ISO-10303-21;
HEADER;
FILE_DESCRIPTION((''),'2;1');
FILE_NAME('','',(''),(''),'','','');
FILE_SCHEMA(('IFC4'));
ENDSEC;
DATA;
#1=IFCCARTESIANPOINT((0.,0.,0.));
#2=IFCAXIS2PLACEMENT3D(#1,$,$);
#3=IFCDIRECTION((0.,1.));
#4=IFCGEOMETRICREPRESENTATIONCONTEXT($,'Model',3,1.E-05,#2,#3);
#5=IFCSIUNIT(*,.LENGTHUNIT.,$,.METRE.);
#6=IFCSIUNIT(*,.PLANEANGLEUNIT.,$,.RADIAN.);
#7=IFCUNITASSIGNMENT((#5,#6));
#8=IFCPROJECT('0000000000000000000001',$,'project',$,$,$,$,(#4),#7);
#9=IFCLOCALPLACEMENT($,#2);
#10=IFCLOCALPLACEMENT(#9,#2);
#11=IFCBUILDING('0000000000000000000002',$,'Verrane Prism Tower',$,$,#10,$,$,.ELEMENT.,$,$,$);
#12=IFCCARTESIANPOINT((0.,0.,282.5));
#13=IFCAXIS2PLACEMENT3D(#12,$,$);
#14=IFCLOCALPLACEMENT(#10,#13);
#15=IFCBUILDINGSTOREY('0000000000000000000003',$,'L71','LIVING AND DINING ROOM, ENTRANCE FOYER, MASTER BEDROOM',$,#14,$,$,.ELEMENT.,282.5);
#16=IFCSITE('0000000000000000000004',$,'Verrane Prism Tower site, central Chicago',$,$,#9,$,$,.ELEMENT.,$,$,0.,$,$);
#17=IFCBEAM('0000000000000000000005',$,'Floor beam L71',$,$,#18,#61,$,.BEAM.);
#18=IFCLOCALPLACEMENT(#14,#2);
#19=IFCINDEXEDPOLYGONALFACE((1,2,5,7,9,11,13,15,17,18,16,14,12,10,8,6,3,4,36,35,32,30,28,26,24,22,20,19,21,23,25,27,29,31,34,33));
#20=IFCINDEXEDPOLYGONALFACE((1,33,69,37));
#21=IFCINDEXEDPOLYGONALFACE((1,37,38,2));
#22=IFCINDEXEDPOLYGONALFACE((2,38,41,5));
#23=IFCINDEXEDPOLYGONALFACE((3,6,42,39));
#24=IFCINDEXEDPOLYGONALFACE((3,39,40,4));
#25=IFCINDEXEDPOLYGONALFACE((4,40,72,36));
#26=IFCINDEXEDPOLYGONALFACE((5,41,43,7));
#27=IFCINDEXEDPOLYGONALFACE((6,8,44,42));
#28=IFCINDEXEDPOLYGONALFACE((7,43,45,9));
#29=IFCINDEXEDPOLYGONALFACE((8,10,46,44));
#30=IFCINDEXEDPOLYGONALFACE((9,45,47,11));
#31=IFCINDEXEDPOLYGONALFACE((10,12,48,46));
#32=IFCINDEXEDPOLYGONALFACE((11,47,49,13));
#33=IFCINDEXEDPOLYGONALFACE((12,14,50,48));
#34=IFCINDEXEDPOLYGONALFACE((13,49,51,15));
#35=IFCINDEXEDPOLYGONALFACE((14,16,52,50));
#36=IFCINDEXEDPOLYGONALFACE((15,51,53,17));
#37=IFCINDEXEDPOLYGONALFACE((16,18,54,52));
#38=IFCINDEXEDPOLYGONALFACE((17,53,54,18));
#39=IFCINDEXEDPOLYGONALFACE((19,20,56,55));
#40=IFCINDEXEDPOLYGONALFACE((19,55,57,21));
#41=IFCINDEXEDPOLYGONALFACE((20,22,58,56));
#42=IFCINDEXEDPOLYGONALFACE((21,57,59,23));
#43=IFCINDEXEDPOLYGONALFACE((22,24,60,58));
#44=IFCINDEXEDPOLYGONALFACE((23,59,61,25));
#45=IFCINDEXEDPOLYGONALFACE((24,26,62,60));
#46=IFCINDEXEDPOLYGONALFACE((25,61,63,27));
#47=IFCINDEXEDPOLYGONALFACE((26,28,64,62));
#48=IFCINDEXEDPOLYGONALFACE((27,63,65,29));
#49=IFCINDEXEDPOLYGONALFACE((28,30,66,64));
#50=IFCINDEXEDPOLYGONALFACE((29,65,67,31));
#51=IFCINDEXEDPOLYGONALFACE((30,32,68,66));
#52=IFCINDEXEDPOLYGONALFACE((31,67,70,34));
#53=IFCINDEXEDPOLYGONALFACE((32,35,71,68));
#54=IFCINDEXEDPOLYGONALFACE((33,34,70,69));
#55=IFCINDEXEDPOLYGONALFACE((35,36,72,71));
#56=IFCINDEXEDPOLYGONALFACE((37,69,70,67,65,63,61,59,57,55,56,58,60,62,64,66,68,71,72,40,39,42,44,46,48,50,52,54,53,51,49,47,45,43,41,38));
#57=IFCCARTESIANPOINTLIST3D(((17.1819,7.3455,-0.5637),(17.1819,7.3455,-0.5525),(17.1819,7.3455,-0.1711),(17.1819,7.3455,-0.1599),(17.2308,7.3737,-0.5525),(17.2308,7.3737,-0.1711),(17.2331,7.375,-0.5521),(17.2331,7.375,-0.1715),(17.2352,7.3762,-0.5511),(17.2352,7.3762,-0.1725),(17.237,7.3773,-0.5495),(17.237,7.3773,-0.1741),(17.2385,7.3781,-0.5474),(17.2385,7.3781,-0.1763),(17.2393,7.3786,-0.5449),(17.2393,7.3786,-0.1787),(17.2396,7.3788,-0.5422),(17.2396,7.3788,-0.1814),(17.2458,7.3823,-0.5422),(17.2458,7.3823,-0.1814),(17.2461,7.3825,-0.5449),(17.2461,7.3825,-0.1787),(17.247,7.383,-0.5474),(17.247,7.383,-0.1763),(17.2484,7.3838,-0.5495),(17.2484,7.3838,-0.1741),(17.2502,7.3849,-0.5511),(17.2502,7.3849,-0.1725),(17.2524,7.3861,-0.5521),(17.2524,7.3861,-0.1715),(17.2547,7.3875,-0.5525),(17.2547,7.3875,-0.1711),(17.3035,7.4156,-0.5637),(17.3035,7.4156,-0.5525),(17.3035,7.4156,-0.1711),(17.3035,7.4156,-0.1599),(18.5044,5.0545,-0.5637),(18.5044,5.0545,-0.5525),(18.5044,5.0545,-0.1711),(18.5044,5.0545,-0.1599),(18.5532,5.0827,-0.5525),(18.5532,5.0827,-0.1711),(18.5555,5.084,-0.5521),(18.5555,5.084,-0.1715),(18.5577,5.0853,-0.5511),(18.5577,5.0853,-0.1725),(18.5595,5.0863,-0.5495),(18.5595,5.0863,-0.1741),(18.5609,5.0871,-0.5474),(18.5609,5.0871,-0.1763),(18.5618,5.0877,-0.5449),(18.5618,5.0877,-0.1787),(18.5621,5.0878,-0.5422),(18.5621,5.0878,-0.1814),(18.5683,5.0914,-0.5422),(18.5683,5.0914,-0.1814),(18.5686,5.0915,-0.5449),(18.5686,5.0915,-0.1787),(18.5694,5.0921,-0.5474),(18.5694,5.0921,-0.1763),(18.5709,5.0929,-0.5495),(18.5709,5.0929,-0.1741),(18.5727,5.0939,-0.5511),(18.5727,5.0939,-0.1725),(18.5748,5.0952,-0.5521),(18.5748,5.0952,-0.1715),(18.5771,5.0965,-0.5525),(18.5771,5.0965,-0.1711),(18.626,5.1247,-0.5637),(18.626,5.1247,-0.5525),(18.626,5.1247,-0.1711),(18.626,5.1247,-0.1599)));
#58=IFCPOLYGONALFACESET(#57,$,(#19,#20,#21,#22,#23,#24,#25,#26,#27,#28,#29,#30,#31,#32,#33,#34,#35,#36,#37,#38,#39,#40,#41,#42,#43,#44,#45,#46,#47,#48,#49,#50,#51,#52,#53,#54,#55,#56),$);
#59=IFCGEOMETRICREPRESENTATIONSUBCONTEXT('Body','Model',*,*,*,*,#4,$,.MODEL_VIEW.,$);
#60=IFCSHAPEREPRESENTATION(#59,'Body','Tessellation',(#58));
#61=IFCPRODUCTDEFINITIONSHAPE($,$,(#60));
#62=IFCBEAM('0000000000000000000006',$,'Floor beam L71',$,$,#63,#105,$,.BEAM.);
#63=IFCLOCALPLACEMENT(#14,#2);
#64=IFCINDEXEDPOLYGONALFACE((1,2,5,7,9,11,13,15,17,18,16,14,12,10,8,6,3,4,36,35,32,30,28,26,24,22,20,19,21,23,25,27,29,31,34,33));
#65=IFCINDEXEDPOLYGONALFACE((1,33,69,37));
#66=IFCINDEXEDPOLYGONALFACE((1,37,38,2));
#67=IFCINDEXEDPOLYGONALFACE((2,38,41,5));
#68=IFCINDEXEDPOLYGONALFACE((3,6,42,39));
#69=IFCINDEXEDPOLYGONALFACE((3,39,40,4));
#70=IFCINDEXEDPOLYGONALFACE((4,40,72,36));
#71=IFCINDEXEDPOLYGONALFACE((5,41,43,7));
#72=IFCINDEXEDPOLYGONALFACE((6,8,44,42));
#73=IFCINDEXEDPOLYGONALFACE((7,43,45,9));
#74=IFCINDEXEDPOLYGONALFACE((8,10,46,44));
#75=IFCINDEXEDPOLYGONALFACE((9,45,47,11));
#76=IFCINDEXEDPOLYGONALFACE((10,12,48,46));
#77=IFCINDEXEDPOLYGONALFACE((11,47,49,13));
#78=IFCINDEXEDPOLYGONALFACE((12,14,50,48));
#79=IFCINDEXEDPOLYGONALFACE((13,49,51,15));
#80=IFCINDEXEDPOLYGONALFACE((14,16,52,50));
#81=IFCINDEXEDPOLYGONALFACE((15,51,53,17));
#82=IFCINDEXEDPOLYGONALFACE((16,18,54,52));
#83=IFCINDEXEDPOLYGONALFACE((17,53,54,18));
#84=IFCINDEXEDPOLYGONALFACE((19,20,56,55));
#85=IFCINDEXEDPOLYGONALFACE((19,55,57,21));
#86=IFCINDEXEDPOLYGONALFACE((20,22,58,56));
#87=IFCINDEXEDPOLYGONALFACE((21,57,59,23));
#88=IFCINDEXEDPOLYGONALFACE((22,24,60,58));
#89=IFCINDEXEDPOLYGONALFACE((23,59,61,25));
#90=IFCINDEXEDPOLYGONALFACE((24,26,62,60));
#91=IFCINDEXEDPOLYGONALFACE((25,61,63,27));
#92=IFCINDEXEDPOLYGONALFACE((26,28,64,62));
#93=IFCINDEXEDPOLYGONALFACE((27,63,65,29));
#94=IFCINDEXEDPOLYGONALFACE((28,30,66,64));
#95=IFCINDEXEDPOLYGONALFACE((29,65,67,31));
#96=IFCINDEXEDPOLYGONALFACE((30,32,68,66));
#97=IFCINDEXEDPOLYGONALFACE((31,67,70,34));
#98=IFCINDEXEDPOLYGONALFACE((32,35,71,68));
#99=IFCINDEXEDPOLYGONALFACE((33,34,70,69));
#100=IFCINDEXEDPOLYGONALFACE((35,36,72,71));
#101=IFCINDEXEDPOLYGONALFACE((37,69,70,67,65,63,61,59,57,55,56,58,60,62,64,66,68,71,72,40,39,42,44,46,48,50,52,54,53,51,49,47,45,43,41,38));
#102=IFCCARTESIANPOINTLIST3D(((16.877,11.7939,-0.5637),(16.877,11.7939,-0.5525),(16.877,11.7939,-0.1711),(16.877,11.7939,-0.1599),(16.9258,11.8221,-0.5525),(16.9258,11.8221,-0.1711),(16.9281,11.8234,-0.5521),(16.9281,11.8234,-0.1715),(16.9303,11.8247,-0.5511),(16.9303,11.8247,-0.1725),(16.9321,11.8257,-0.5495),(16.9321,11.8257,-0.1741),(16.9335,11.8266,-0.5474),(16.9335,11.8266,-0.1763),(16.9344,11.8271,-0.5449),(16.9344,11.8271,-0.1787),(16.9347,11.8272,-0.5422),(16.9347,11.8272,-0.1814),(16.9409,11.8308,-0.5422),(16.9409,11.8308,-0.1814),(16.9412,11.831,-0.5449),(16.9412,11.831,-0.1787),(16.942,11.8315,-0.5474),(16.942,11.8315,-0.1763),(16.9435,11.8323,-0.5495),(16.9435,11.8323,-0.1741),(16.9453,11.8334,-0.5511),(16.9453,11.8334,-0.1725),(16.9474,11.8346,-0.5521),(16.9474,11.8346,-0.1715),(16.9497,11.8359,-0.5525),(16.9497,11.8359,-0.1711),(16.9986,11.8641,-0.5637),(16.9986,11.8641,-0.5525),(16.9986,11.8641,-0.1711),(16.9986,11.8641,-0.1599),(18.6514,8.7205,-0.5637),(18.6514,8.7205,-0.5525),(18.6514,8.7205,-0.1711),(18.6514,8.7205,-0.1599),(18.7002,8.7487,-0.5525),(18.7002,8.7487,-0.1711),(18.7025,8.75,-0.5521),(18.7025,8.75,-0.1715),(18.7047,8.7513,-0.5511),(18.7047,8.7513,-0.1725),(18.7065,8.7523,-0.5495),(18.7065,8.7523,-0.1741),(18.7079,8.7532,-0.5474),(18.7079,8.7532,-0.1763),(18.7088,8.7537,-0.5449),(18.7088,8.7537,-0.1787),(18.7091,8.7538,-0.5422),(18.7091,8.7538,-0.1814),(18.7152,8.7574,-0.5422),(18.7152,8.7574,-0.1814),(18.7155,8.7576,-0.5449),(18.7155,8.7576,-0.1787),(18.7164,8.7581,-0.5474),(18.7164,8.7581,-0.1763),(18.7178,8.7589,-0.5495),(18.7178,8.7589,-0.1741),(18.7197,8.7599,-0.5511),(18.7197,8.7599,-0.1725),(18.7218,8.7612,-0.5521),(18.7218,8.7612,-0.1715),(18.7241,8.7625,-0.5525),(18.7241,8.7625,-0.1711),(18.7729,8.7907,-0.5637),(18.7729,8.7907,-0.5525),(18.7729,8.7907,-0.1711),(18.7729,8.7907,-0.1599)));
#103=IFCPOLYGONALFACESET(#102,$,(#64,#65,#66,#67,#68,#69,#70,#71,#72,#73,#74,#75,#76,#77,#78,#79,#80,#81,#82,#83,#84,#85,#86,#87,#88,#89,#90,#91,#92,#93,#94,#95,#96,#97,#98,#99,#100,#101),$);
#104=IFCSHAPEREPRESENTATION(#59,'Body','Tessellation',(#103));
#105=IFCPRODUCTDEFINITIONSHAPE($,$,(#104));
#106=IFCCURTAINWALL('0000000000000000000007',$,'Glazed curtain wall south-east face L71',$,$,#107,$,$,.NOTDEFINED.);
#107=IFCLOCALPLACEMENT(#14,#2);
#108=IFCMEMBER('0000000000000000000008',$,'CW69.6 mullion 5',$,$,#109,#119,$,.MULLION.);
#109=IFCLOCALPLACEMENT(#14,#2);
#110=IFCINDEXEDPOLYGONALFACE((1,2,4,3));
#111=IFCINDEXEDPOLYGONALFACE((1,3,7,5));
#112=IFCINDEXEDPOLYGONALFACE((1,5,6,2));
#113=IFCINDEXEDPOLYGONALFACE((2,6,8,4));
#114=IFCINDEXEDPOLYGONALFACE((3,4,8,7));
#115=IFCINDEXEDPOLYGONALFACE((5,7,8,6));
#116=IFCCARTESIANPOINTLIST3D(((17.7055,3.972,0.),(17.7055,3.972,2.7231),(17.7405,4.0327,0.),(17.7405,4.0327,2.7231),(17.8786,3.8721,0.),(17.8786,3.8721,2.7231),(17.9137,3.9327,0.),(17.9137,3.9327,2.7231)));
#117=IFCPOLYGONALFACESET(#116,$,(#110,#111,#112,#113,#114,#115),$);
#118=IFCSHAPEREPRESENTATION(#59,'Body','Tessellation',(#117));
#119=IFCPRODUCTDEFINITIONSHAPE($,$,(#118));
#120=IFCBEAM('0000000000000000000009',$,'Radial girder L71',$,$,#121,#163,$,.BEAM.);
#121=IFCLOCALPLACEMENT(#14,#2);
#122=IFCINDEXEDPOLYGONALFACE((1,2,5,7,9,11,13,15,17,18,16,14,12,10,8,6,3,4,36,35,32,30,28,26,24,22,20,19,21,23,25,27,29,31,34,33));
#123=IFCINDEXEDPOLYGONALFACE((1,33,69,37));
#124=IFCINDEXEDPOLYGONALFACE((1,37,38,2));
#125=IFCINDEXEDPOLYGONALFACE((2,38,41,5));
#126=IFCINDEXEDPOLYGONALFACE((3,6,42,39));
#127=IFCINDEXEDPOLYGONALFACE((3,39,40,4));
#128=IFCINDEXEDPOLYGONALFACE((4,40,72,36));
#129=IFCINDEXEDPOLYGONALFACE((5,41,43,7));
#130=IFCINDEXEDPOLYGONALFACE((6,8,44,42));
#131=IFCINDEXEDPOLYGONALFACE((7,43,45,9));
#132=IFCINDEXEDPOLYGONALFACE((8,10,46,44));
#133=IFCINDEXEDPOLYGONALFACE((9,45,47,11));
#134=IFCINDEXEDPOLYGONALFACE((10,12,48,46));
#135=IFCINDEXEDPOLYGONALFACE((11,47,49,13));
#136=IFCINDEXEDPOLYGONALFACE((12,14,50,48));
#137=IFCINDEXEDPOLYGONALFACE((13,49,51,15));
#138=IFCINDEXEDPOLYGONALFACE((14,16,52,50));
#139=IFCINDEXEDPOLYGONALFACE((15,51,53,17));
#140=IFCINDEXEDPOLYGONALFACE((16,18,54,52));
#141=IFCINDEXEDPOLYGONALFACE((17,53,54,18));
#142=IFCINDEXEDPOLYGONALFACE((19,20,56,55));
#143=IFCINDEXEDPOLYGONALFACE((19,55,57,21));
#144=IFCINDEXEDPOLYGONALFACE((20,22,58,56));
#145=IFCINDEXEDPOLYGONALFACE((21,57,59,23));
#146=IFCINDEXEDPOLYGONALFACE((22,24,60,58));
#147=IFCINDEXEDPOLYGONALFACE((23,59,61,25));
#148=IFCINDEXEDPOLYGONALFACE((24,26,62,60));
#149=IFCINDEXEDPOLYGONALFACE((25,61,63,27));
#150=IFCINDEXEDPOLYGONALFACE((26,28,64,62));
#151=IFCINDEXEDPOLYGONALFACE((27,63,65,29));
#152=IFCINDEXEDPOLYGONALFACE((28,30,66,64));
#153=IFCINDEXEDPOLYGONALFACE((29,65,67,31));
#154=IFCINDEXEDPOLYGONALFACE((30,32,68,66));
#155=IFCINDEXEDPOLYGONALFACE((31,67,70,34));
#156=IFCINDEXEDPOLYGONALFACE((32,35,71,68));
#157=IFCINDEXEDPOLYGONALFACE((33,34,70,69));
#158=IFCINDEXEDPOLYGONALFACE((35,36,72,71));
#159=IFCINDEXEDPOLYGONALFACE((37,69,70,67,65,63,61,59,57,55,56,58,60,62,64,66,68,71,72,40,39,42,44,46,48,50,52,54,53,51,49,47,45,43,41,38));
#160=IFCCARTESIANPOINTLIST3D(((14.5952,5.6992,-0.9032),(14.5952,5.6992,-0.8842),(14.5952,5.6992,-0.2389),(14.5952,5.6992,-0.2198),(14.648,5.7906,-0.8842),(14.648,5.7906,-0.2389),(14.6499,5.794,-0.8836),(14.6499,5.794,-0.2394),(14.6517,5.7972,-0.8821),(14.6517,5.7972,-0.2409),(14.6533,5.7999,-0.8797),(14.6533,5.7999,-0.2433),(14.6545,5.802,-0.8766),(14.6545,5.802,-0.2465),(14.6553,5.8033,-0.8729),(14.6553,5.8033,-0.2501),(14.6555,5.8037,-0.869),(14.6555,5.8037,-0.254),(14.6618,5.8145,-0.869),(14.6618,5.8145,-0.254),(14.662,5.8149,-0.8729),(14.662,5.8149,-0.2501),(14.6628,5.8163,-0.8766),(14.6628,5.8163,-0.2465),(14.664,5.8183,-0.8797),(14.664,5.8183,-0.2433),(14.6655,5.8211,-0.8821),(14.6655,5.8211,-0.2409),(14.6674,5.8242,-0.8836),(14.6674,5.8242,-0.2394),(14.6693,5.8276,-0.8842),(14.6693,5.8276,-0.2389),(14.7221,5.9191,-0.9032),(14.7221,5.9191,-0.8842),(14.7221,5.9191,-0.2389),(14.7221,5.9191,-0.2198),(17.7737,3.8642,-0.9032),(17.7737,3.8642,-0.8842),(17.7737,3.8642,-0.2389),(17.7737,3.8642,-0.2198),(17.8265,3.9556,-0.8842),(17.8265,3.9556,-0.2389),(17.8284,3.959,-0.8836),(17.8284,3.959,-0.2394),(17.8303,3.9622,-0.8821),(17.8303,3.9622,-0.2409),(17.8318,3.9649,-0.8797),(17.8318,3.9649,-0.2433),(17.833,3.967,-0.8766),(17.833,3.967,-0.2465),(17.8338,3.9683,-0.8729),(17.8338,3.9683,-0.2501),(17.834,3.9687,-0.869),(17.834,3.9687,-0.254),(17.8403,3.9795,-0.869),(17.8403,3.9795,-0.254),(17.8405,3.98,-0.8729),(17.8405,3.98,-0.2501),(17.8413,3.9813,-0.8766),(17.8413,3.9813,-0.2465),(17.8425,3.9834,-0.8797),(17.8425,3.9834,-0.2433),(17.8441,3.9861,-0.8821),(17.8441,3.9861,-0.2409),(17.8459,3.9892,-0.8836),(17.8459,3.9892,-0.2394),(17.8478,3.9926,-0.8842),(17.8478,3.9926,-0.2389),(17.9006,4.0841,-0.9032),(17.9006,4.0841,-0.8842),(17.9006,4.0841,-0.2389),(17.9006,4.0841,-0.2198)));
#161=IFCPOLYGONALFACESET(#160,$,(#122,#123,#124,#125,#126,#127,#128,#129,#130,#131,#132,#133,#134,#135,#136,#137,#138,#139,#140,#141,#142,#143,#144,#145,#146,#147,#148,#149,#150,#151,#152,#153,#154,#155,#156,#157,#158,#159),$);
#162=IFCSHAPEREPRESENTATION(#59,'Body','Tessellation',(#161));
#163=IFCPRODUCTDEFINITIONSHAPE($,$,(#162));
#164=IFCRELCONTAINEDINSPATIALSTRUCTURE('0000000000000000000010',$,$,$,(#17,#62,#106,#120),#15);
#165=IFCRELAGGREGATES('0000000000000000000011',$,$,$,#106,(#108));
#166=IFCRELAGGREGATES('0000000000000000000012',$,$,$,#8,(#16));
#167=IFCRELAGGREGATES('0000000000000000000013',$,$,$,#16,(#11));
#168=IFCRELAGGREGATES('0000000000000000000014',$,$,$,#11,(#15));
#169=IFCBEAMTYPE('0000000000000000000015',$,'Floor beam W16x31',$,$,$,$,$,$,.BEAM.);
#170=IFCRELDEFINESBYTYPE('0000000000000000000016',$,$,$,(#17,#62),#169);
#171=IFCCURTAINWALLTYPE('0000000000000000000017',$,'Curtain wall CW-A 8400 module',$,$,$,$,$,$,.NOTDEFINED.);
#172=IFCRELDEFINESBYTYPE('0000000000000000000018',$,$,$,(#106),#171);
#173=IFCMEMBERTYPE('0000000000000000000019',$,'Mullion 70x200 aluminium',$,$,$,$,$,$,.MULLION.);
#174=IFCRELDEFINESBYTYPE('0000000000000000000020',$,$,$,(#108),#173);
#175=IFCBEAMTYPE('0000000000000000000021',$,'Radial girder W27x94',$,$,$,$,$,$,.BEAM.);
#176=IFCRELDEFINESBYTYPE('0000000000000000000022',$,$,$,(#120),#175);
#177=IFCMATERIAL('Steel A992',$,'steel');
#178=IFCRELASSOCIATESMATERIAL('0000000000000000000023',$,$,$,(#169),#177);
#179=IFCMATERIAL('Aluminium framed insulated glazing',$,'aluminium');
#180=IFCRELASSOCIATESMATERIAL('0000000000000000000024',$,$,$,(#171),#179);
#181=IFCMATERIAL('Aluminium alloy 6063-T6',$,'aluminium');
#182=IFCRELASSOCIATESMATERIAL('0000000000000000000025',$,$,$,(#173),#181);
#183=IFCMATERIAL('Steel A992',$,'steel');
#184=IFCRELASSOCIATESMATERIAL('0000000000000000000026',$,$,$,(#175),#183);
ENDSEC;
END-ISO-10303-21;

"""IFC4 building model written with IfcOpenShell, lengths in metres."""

from ifc_helpers import new_model, si_unit, direction, frame, origin, origin_2d, place, context, subcontext, project, spatial, rectangle, i_section, extrude, material, material_profile, profile_set, type_object, element, aggregate, save


model = new_model("IFC4")

# Units and contexts
model_context = context("Model", 3, precision=1e-05, world=origin(), true_north=direction((0.0, 1.0)))
body_context = subcontext(model_context, "Body", "Model", "MODEL_VIEW")
ifc_project = project(units=[si_unit("LENGTHUNIT", "METRE"), si_unit("PLANEANGLEUNIT", "RADIAN")], contexts=[model_context])

# Site, building, storey
site_placement = place(None, origin())
site = spatial("IfcSite", under=ifc_project, at=site_placement, Name="Verrane Prism Tower site, central Chicago", CompositionType="ELEMENT", RefElevation=0.0)
building_placement = place(site_placement, origin())
building = spatial("IfcBuilding", under=site, at=building_placement, Name="Verrane Prism Tower", CompositionType="ELEMENT")
storey_placement = place(building_placement, frame((0.0, 0.0, 282.5)))
storey = spatial("IfcBuildingStorey", under=building, at=storey_placement, Name="L71", Description="LIVING AND DINING ROOM, ENTRANCE FOYER, MASTER BEDROOM", CompositionType="ELEMENT", Elevation=282.5)

# Beams
ifc_material_1 = material(Name="Steel A992", Category="steel")
ifc_material_profile_1 = material_profile(ifc_material_1, i_section(OverallWidth=0.1404, OverallDepth=0.4038, WebThickness=0.0071, FlangeThickness=0.0112, FilletRadius=0.0103, at=origin_2d()), Name="W16x31")
ifc_profile_set_1 = profile_set([ifc_material_profile_1], Name="Steel A992")
beam_type_1 = type_object("IfcBeamType", Name="Floor beam W16x31", PredefinedType="BEAM", material=ifc_profile_set_1)
beam_1_placement = place(storey_placement, frame((18.5652, 5.0896, -0.3618), z_axis=(-0.499941, 0.86606, 0.0), x_axis=(-0.86606, -0.499941, 0.0)))
element("IfcBeam", 1, at=beam_1_placement, inside=storey, type_object=beam_type_1, Name="Floor beam L71", PredefinedType="BEAM", context=body_context, shape_type="SweptSolid", body=[
    extrude(i_section(OverallWidth=0.1404, OverallDepth=0.4038, WebThickness=0.0071, FlangeThickness=0.0112, FilletRadius=0.0103, at=origin_2d()), origin(), (0.0, 0.0, 1.0), 2.6453),
])
beam_2_placement = place(storey_placement, frame((18.7122, 8.7556, -0.3618), z_axis=(-0.499986, 0.866033, 0.0), x_axis=(-0.866033, -0.499986, 0.0)))
element("IfcBeam", 2, at=beam_2_placement, inside=storey, type_object=beam_type_1, Name="Floor beam L71", PredefinedType="BEAM", context=body_context, shape_type="SweptSolid", body=[
    extrude(i_section(OverallWidth=0.1404, OverallDepth=0.4038, WebThickness=0.0071, FlangeThickness=0.0112, FilletRadius=0.0103, at=origin_2d()), origin(), (0.0, 0.0, 1.0), 3.5488),
])

# Curtain wall, member
ifc_material_2 = material(Name="Aluminium framed insulated glazing", Category="aluminium")
curtain_wall_type = type_object("IfcCurtainWallType", Name="Curtain wall CW-A 8400 module", PredefinedType="NOTDEFINED", material=ifc_material_2)
curtain_wall_placement = place(storey_placement, origin())
curtain_wall = element("IfcCurtainWall", 3, at=curtain_wall_placement, inside=storey, type_object=curtain_wall_type, Name="Glazed curtain wall south-east face L71", PredefinedType="NOTDEFINED")
ifc_material_3 = material(Name="Aluminium alloy 6063-T6", Category="aluminium")
ifc_material_profile_2 = material_profile(ifc_material_3, rectangle(XDim=0.2, YDim=0.0701, at=origin_2d()), Name="Mullion 70x200 aluminium")
ifc_profile_set_2 = profile_set([ifc_material_profile_2], Name="Aluminium alloy 6063-T6")
member_type_1 = type_object("IfcMemberType", Name="Mullion 70x200 aluminium", PredefinedType="MULLION", material=ifc_profile_set_2)
member_1_placement = place(storey_placement, frame((17.8096, 3.9524, 0.0), z_axis=(0.0, 0.0, 1.0), x_axis=(-0.866025, 0.500001, 0.0)))
member_1 = element("IfcMember", 4, at=member_1_placement, type_object=member_type_1, Name="CW69.6 mullion 5", PredefinedType="MULLION", context=body_context, shape_type="SweptSolid", body=[
    extrude(rectangle(XDim=0.2, YDim=0.0701, at=origin_2d()), origin(), (0.0, 0.0, 1.0), 2.7231),
])

# Beam
ifc_material_4 = material(Name="Steel A992", Category="steel")
ifc_material_profile_3 = material_profile(ifc_material_4, i_section(OverallWidth=0.2539, OverallDepth=0.6833, WebThickness=0.0125, FlangeThickness=0.019, FilletRadius=0.0151, at=origin_2d()), Name="W27x94")
ifc_profile_set_3 = profile_set([ifc_material_profile_3], Name="Steel A992")
beam_type_2 = type_object("IfcBeamType", Name="Radial girder W27x94", PredefinedType="BEAM", material=ifc_profile_set_3)
beam_3_placement = place(storey_placement, frame((17.8372, 3.9741, -0.5615), z_axis=(-0.86604, 0.499974, 0.0), x_axis=(-0.499974, -0.86604, 0.0)))
element("IfcBeam", 5, at=beam_3_placement, inside=storey, type_object=beam_type_2, Name="Radial girder L71", PredefinedType="BEAM", context=body_context, shape_type="SweptSolid", body=[
    extrude(i_section(OverallWidth=0.2539, OverallDepth=0.6833, WebThickness=0.0125, FlangeThickness=0.019, FilletRadius=0.0151, at=origin_2d()), origin(), (0.0, 0.0, 1.0), 3.6702),
])

aggregate(curtain_wall, [member_1])

save(model, "model.ifc")
